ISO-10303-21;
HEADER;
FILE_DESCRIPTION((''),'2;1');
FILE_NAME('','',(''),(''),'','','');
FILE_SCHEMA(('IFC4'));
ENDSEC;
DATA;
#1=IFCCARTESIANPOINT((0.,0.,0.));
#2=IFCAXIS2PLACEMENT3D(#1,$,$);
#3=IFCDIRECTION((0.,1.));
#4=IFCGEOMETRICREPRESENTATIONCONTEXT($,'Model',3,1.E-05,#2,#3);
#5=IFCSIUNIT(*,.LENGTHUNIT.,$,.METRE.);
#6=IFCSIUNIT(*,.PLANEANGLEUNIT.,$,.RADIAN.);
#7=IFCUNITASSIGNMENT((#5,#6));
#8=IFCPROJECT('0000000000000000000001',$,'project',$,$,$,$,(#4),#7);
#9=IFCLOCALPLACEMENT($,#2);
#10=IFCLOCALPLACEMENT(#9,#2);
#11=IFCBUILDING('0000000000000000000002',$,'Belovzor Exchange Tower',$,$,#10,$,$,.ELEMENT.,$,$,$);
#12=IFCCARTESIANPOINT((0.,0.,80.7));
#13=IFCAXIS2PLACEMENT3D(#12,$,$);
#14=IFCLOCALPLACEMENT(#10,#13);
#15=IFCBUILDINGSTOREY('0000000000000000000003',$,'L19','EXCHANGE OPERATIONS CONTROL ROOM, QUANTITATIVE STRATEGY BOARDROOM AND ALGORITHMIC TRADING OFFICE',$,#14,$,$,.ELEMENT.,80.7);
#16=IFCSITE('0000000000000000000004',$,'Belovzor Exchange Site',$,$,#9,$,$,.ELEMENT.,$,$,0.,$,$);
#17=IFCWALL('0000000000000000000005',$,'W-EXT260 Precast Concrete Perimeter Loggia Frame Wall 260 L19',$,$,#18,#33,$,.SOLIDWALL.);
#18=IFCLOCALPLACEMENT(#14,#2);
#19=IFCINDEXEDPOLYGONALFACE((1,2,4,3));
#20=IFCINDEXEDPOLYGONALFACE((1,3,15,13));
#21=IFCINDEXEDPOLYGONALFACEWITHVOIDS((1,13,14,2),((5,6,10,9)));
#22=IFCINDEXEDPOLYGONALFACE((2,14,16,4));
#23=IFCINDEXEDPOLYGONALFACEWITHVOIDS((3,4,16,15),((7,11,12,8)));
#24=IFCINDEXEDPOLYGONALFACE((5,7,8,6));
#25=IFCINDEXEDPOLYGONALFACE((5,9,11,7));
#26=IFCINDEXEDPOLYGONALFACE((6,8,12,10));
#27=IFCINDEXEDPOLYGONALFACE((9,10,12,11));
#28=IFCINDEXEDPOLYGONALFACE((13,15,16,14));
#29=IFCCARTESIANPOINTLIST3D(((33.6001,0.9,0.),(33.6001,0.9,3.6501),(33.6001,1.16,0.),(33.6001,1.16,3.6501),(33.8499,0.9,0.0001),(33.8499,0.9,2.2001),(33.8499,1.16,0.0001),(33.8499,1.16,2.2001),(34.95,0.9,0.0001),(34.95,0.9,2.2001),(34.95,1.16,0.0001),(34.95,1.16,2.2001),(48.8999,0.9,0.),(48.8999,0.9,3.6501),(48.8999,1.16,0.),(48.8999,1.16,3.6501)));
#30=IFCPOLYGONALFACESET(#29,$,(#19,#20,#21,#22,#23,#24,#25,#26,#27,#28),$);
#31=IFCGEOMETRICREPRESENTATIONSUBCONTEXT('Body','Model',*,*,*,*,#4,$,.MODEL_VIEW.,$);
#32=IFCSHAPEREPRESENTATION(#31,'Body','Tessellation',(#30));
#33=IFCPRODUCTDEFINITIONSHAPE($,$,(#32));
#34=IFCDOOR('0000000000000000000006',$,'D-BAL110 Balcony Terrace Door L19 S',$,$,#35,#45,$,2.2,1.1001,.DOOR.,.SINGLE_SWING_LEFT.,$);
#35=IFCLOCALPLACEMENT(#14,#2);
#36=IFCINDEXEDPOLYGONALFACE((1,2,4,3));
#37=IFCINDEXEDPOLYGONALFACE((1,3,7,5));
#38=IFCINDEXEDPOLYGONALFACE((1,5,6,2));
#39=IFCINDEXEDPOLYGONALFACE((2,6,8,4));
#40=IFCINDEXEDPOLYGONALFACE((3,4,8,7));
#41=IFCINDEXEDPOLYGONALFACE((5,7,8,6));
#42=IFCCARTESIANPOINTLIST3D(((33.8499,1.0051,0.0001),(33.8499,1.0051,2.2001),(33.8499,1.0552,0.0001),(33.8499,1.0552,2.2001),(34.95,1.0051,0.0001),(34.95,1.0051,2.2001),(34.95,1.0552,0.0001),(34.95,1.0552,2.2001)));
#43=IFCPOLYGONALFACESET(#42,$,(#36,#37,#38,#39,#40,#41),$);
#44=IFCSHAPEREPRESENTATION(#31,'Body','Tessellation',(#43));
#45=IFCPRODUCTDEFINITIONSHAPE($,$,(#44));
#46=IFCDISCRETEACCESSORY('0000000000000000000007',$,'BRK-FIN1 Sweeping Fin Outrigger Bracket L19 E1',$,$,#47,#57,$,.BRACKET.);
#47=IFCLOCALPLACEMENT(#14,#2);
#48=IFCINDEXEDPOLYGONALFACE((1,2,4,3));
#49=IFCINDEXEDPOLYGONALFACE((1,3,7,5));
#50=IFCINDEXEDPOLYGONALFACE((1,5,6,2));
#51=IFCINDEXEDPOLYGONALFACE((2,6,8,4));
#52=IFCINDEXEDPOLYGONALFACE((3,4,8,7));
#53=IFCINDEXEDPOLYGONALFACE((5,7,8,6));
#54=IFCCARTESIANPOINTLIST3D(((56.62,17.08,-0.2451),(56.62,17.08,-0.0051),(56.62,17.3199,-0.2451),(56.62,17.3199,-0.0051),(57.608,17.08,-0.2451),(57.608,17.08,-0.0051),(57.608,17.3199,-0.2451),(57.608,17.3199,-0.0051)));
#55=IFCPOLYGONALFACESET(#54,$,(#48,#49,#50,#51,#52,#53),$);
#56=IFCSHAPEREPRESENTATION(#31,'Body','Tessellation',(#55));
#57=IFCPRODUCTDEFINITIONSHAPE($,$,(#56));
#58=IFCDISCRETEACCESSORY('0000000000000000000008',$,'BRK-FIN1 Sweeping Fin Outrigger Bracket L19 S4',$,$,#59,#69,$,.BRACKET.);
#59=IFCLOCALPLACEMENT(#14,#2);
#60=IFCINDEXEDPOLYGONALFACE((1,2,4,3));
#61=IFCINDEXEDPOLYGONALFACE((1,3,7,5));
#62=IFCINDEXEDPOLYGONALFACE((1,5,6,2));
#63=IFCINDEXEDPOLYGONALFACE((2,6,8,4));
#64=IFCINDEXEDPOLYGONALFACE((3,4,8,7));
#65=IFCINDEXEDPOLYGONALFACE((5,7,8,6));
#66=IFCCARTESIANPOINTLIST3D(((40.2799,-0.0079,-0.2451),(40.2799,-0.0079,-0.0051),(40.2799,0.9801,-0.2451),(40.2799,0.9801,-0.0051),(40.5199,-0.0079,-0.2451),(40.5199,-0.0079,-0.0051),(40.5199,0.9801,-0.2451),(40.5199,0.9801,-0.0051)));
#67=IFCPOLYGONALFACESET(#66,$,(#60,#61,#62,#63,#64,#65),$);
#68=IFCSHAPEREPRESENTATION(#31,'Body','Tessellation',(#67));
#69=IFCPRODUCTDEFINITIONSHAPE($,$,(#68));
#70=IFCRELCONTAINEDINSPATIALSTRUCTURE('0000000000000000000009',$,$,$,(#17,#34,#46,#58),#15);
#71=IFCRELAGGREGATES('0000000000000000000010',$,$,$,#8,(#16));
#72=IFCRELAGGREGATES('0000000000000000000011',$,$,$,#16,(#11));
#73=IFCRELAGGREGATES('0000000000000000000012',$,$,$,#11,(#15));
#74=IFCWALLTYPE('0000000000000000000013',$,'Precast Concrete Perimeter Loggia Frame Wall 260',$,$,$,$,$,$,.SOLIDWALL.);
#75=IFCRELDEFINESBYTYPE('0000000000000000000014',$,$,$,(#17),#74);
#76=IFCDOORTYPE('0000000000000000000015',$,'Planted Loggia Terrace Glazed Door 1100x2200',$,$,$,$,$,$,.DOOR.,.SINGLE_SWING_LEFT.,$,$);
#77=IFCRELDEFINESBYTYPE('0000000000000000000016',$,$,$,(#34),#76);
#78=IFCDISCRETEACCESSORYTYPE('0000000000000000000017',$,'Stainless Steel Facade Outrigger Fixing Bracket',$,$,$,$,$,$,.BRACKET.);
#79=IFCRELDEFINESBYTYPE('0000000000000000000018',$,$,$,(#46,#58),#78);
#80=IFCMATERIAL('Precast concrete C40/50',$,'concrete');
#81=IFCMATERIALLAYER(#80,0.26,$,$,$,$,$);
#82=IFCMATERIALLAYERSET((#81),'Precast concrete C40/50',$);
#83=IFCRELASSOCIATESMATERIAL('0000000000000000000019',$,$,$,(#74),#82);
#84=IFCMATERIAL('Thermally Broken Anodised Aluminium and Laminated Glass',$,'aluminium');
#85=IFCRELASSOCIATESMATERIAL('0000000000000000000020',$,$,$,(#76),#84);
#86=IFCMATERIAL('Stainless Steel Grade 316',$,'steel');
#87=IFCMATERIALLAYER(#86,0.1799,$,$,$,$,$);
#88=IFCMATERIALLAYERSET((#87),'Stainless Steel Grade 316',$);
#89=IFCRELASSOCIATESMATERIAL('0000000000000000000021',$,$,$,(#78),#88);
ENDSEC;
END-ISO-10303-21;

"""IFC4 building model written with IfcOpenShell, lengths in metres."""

from ifc_helpers import new_model, si_unit, direction, frame, frame_2d, origin, origin_2d, place, context, subcontext, project, spatial, rectangle, extrude, material, layer, layer_set, type_object, element, fill, save


model = new_model("IFC4")

# Units and contexts
model_context = context("Model", 3, precision=1e-05, world=origin(), true_north=direction((0.0, 1.0)))
body_context = subcontext(model_context, "Body", "Model", "MODEL_VIEW")
ifc_project = project(units=[si_unit("LENGTHUNIT", "METRE"), si_unit("PLANEANGLEUNIT", "RADIAN")], contexts=[model_context])

# Site, building, storey
site_placement = place(None, origin())
site = spatial("IfcSite", under=ifc_project, at=site_placement, Name="Belovzor Exchange Site", CompositionType="ELEMENT", RefElevation=0.0)
building_placement = place(site_placement, origin())
building = spatial("IfcBuilding", under=site, at=building_placement, Name="Belovzor Exchange Tower", CompositionType="ELEMENT")
storey_placement = place(building_placement, frame((0.0, 0.0, 80.7)))
storey = spatial("IfcBuildingStorey", under=building, at=storey_placement, Name="L19", Description="EXCHANGE OPERATIONS CONTROL ROOM, QUANTITATIVE STRATEGY BOARDROOM AND ALGORITHMIC TRADING OFFICE", CompositionType="ELEMENT", Elevation=80.7)

# Wall, opening, door
ifc_material_1 = material(Name="Precast concrete C40/50", Category="concrete")
ifc_layer_1 = layer(ifc_material_1, 0.26)
ifc_layer_set_1 = layer_set([ifc_layer_1], Name="Precast concrete C40/50")
wall_type_1 = type_object("IfcWallType", Name="Precast Concrete Perimeter Loggia Frame Wall 260", PredefinedType="SOLIDWALL", material=ifc_layer_set_1)
wall_1_placement = place(storey_placement, frame((48.8999, 1.03, 0.0), z_axis=(0.0, 0.0, 1.0), x_axis=(-1.0, 0.0, 0.0)))
wall_1 = element("IfcWall", 1, at=wall_1_placement, inside=storey, type_object=wall_type_1, Name="W-EXT260 Precast Concrete Perimeter Loggia Frame Wall 260 L19", PredefinedType="SOLIDWALL", context=body_context, shape_type="SweptSolid", body=[
    extrude(rectangle(XDim=15.2998, YDim=0.26, at=frame_2d((7.6499, 0.0))), origin(), (0.0, 0.0, 1.0), 3.6501),
])
opening_1_placement = place(wall_1_placement, frame((13.95, 0.0, 0.0)))
opening_1 = element("IfcOpeningElement", 2, at=opening_1_placement, cuts=wall_1, PredefinedType="OPENING", context=body_context, shape_type="SweptSolid", body=[
    extrude(rectangle(XDim=1.1001, YDim=2.2, at=frame_2d((0.55, 1.1001))), frame((0.0, 0.1399, 0.0), z_axis=(0.0, -1.0, 0.0), x_axis=(1.0, 0.0, 0.0)), (0.0, 0.0, 1.0), 0.28),
])
ifc_material_2 = material(Name="Thermally Broken Anodised Aluminium and Laminated Glass", Category="aluminium")
door_type_1 = type_object("IfcDoorType", Name="Planted Loggia Terrace Glazed Door 1100x2200", OperationType="SINGLE_SWING_LEFT", PredefinedType="DOOR", material=ifc_material_2)
door_1_placement = place(opening_1_placement, origin())
door_1 = element("IfcDoor", 3, at=door_1_placement, inside=storey, type_object=door_type_1, Name="D-BAL110 Balcony Terrace Door L19 S", OperationType="SINGLE_SWING_LEFT", OverallHeight=2.2, OverallWidth=1.1001, PredefinedType="DOOR", context=body_context, shape_type="SweptSolid", body=[
    extrude(rectangle(XDim=1.1001, YDim=2.2, at=frame_2d((0.55, 1.1001))), frame((0.0, 0.0249, 0.0), z_axis=(0.0, -1.0, 0.0), x_axis=(1.0, 0.0, 0.0)), (0.0, 0.0, 1.0), 0.05),
])
fill(opening_1, door_1)

# Discrete accessories
ifc_material_3 = material(Name="Stainless Steel Grade 316", Category="steel")
ifc_layer_2 = layer(ifc_material_3, 0.1799)
ifc_layer_set_2 = layer_set([ifc_layer_2], Name="Stainless Steel Grade 316")
discrete_accessory_type = type_object("IfcDiscreteAccessoryType", Name="Stainless Steel Facade Outrigger Fixing Bracket", PredefinedType="BRACKET", material=ifc_layer_set_2)
for number, where, z_axis, x_axis, name in (
    (4, (57.114, 17.2, -0.2451), (0.0, 0.0, 1.0), (1.0, 0.0, 0.0), "BRK-FIN1 Sweeping Fin Outrigger Bracket L19 E1"),
    (5, (40.3999, 0.4861, -0.2451), (0.0, 0.0, 1.0), (0.0, 1.0, 0.0), "BRK-FIN1 Sweeping Fin Outrigger Bracket L19 S4"),
):
    element("IfcDiscreteAccessory", number, at=place(storey_placement, frame(where, z_axis=z_axis, x_axis=x_axis)), inside=storey, type_object=discrete_accessory_type, Name=name, PredefinedType="BRACKET", context=body_context, shape_type="SweptSolid", body=[
        extrude(rectangle(XDim=0.988, YDim=0.24, at=origin_2d()), origin(), (0.0, 0.0, 1.0), 0.24),
    ])

save(model, "model.ifc")
